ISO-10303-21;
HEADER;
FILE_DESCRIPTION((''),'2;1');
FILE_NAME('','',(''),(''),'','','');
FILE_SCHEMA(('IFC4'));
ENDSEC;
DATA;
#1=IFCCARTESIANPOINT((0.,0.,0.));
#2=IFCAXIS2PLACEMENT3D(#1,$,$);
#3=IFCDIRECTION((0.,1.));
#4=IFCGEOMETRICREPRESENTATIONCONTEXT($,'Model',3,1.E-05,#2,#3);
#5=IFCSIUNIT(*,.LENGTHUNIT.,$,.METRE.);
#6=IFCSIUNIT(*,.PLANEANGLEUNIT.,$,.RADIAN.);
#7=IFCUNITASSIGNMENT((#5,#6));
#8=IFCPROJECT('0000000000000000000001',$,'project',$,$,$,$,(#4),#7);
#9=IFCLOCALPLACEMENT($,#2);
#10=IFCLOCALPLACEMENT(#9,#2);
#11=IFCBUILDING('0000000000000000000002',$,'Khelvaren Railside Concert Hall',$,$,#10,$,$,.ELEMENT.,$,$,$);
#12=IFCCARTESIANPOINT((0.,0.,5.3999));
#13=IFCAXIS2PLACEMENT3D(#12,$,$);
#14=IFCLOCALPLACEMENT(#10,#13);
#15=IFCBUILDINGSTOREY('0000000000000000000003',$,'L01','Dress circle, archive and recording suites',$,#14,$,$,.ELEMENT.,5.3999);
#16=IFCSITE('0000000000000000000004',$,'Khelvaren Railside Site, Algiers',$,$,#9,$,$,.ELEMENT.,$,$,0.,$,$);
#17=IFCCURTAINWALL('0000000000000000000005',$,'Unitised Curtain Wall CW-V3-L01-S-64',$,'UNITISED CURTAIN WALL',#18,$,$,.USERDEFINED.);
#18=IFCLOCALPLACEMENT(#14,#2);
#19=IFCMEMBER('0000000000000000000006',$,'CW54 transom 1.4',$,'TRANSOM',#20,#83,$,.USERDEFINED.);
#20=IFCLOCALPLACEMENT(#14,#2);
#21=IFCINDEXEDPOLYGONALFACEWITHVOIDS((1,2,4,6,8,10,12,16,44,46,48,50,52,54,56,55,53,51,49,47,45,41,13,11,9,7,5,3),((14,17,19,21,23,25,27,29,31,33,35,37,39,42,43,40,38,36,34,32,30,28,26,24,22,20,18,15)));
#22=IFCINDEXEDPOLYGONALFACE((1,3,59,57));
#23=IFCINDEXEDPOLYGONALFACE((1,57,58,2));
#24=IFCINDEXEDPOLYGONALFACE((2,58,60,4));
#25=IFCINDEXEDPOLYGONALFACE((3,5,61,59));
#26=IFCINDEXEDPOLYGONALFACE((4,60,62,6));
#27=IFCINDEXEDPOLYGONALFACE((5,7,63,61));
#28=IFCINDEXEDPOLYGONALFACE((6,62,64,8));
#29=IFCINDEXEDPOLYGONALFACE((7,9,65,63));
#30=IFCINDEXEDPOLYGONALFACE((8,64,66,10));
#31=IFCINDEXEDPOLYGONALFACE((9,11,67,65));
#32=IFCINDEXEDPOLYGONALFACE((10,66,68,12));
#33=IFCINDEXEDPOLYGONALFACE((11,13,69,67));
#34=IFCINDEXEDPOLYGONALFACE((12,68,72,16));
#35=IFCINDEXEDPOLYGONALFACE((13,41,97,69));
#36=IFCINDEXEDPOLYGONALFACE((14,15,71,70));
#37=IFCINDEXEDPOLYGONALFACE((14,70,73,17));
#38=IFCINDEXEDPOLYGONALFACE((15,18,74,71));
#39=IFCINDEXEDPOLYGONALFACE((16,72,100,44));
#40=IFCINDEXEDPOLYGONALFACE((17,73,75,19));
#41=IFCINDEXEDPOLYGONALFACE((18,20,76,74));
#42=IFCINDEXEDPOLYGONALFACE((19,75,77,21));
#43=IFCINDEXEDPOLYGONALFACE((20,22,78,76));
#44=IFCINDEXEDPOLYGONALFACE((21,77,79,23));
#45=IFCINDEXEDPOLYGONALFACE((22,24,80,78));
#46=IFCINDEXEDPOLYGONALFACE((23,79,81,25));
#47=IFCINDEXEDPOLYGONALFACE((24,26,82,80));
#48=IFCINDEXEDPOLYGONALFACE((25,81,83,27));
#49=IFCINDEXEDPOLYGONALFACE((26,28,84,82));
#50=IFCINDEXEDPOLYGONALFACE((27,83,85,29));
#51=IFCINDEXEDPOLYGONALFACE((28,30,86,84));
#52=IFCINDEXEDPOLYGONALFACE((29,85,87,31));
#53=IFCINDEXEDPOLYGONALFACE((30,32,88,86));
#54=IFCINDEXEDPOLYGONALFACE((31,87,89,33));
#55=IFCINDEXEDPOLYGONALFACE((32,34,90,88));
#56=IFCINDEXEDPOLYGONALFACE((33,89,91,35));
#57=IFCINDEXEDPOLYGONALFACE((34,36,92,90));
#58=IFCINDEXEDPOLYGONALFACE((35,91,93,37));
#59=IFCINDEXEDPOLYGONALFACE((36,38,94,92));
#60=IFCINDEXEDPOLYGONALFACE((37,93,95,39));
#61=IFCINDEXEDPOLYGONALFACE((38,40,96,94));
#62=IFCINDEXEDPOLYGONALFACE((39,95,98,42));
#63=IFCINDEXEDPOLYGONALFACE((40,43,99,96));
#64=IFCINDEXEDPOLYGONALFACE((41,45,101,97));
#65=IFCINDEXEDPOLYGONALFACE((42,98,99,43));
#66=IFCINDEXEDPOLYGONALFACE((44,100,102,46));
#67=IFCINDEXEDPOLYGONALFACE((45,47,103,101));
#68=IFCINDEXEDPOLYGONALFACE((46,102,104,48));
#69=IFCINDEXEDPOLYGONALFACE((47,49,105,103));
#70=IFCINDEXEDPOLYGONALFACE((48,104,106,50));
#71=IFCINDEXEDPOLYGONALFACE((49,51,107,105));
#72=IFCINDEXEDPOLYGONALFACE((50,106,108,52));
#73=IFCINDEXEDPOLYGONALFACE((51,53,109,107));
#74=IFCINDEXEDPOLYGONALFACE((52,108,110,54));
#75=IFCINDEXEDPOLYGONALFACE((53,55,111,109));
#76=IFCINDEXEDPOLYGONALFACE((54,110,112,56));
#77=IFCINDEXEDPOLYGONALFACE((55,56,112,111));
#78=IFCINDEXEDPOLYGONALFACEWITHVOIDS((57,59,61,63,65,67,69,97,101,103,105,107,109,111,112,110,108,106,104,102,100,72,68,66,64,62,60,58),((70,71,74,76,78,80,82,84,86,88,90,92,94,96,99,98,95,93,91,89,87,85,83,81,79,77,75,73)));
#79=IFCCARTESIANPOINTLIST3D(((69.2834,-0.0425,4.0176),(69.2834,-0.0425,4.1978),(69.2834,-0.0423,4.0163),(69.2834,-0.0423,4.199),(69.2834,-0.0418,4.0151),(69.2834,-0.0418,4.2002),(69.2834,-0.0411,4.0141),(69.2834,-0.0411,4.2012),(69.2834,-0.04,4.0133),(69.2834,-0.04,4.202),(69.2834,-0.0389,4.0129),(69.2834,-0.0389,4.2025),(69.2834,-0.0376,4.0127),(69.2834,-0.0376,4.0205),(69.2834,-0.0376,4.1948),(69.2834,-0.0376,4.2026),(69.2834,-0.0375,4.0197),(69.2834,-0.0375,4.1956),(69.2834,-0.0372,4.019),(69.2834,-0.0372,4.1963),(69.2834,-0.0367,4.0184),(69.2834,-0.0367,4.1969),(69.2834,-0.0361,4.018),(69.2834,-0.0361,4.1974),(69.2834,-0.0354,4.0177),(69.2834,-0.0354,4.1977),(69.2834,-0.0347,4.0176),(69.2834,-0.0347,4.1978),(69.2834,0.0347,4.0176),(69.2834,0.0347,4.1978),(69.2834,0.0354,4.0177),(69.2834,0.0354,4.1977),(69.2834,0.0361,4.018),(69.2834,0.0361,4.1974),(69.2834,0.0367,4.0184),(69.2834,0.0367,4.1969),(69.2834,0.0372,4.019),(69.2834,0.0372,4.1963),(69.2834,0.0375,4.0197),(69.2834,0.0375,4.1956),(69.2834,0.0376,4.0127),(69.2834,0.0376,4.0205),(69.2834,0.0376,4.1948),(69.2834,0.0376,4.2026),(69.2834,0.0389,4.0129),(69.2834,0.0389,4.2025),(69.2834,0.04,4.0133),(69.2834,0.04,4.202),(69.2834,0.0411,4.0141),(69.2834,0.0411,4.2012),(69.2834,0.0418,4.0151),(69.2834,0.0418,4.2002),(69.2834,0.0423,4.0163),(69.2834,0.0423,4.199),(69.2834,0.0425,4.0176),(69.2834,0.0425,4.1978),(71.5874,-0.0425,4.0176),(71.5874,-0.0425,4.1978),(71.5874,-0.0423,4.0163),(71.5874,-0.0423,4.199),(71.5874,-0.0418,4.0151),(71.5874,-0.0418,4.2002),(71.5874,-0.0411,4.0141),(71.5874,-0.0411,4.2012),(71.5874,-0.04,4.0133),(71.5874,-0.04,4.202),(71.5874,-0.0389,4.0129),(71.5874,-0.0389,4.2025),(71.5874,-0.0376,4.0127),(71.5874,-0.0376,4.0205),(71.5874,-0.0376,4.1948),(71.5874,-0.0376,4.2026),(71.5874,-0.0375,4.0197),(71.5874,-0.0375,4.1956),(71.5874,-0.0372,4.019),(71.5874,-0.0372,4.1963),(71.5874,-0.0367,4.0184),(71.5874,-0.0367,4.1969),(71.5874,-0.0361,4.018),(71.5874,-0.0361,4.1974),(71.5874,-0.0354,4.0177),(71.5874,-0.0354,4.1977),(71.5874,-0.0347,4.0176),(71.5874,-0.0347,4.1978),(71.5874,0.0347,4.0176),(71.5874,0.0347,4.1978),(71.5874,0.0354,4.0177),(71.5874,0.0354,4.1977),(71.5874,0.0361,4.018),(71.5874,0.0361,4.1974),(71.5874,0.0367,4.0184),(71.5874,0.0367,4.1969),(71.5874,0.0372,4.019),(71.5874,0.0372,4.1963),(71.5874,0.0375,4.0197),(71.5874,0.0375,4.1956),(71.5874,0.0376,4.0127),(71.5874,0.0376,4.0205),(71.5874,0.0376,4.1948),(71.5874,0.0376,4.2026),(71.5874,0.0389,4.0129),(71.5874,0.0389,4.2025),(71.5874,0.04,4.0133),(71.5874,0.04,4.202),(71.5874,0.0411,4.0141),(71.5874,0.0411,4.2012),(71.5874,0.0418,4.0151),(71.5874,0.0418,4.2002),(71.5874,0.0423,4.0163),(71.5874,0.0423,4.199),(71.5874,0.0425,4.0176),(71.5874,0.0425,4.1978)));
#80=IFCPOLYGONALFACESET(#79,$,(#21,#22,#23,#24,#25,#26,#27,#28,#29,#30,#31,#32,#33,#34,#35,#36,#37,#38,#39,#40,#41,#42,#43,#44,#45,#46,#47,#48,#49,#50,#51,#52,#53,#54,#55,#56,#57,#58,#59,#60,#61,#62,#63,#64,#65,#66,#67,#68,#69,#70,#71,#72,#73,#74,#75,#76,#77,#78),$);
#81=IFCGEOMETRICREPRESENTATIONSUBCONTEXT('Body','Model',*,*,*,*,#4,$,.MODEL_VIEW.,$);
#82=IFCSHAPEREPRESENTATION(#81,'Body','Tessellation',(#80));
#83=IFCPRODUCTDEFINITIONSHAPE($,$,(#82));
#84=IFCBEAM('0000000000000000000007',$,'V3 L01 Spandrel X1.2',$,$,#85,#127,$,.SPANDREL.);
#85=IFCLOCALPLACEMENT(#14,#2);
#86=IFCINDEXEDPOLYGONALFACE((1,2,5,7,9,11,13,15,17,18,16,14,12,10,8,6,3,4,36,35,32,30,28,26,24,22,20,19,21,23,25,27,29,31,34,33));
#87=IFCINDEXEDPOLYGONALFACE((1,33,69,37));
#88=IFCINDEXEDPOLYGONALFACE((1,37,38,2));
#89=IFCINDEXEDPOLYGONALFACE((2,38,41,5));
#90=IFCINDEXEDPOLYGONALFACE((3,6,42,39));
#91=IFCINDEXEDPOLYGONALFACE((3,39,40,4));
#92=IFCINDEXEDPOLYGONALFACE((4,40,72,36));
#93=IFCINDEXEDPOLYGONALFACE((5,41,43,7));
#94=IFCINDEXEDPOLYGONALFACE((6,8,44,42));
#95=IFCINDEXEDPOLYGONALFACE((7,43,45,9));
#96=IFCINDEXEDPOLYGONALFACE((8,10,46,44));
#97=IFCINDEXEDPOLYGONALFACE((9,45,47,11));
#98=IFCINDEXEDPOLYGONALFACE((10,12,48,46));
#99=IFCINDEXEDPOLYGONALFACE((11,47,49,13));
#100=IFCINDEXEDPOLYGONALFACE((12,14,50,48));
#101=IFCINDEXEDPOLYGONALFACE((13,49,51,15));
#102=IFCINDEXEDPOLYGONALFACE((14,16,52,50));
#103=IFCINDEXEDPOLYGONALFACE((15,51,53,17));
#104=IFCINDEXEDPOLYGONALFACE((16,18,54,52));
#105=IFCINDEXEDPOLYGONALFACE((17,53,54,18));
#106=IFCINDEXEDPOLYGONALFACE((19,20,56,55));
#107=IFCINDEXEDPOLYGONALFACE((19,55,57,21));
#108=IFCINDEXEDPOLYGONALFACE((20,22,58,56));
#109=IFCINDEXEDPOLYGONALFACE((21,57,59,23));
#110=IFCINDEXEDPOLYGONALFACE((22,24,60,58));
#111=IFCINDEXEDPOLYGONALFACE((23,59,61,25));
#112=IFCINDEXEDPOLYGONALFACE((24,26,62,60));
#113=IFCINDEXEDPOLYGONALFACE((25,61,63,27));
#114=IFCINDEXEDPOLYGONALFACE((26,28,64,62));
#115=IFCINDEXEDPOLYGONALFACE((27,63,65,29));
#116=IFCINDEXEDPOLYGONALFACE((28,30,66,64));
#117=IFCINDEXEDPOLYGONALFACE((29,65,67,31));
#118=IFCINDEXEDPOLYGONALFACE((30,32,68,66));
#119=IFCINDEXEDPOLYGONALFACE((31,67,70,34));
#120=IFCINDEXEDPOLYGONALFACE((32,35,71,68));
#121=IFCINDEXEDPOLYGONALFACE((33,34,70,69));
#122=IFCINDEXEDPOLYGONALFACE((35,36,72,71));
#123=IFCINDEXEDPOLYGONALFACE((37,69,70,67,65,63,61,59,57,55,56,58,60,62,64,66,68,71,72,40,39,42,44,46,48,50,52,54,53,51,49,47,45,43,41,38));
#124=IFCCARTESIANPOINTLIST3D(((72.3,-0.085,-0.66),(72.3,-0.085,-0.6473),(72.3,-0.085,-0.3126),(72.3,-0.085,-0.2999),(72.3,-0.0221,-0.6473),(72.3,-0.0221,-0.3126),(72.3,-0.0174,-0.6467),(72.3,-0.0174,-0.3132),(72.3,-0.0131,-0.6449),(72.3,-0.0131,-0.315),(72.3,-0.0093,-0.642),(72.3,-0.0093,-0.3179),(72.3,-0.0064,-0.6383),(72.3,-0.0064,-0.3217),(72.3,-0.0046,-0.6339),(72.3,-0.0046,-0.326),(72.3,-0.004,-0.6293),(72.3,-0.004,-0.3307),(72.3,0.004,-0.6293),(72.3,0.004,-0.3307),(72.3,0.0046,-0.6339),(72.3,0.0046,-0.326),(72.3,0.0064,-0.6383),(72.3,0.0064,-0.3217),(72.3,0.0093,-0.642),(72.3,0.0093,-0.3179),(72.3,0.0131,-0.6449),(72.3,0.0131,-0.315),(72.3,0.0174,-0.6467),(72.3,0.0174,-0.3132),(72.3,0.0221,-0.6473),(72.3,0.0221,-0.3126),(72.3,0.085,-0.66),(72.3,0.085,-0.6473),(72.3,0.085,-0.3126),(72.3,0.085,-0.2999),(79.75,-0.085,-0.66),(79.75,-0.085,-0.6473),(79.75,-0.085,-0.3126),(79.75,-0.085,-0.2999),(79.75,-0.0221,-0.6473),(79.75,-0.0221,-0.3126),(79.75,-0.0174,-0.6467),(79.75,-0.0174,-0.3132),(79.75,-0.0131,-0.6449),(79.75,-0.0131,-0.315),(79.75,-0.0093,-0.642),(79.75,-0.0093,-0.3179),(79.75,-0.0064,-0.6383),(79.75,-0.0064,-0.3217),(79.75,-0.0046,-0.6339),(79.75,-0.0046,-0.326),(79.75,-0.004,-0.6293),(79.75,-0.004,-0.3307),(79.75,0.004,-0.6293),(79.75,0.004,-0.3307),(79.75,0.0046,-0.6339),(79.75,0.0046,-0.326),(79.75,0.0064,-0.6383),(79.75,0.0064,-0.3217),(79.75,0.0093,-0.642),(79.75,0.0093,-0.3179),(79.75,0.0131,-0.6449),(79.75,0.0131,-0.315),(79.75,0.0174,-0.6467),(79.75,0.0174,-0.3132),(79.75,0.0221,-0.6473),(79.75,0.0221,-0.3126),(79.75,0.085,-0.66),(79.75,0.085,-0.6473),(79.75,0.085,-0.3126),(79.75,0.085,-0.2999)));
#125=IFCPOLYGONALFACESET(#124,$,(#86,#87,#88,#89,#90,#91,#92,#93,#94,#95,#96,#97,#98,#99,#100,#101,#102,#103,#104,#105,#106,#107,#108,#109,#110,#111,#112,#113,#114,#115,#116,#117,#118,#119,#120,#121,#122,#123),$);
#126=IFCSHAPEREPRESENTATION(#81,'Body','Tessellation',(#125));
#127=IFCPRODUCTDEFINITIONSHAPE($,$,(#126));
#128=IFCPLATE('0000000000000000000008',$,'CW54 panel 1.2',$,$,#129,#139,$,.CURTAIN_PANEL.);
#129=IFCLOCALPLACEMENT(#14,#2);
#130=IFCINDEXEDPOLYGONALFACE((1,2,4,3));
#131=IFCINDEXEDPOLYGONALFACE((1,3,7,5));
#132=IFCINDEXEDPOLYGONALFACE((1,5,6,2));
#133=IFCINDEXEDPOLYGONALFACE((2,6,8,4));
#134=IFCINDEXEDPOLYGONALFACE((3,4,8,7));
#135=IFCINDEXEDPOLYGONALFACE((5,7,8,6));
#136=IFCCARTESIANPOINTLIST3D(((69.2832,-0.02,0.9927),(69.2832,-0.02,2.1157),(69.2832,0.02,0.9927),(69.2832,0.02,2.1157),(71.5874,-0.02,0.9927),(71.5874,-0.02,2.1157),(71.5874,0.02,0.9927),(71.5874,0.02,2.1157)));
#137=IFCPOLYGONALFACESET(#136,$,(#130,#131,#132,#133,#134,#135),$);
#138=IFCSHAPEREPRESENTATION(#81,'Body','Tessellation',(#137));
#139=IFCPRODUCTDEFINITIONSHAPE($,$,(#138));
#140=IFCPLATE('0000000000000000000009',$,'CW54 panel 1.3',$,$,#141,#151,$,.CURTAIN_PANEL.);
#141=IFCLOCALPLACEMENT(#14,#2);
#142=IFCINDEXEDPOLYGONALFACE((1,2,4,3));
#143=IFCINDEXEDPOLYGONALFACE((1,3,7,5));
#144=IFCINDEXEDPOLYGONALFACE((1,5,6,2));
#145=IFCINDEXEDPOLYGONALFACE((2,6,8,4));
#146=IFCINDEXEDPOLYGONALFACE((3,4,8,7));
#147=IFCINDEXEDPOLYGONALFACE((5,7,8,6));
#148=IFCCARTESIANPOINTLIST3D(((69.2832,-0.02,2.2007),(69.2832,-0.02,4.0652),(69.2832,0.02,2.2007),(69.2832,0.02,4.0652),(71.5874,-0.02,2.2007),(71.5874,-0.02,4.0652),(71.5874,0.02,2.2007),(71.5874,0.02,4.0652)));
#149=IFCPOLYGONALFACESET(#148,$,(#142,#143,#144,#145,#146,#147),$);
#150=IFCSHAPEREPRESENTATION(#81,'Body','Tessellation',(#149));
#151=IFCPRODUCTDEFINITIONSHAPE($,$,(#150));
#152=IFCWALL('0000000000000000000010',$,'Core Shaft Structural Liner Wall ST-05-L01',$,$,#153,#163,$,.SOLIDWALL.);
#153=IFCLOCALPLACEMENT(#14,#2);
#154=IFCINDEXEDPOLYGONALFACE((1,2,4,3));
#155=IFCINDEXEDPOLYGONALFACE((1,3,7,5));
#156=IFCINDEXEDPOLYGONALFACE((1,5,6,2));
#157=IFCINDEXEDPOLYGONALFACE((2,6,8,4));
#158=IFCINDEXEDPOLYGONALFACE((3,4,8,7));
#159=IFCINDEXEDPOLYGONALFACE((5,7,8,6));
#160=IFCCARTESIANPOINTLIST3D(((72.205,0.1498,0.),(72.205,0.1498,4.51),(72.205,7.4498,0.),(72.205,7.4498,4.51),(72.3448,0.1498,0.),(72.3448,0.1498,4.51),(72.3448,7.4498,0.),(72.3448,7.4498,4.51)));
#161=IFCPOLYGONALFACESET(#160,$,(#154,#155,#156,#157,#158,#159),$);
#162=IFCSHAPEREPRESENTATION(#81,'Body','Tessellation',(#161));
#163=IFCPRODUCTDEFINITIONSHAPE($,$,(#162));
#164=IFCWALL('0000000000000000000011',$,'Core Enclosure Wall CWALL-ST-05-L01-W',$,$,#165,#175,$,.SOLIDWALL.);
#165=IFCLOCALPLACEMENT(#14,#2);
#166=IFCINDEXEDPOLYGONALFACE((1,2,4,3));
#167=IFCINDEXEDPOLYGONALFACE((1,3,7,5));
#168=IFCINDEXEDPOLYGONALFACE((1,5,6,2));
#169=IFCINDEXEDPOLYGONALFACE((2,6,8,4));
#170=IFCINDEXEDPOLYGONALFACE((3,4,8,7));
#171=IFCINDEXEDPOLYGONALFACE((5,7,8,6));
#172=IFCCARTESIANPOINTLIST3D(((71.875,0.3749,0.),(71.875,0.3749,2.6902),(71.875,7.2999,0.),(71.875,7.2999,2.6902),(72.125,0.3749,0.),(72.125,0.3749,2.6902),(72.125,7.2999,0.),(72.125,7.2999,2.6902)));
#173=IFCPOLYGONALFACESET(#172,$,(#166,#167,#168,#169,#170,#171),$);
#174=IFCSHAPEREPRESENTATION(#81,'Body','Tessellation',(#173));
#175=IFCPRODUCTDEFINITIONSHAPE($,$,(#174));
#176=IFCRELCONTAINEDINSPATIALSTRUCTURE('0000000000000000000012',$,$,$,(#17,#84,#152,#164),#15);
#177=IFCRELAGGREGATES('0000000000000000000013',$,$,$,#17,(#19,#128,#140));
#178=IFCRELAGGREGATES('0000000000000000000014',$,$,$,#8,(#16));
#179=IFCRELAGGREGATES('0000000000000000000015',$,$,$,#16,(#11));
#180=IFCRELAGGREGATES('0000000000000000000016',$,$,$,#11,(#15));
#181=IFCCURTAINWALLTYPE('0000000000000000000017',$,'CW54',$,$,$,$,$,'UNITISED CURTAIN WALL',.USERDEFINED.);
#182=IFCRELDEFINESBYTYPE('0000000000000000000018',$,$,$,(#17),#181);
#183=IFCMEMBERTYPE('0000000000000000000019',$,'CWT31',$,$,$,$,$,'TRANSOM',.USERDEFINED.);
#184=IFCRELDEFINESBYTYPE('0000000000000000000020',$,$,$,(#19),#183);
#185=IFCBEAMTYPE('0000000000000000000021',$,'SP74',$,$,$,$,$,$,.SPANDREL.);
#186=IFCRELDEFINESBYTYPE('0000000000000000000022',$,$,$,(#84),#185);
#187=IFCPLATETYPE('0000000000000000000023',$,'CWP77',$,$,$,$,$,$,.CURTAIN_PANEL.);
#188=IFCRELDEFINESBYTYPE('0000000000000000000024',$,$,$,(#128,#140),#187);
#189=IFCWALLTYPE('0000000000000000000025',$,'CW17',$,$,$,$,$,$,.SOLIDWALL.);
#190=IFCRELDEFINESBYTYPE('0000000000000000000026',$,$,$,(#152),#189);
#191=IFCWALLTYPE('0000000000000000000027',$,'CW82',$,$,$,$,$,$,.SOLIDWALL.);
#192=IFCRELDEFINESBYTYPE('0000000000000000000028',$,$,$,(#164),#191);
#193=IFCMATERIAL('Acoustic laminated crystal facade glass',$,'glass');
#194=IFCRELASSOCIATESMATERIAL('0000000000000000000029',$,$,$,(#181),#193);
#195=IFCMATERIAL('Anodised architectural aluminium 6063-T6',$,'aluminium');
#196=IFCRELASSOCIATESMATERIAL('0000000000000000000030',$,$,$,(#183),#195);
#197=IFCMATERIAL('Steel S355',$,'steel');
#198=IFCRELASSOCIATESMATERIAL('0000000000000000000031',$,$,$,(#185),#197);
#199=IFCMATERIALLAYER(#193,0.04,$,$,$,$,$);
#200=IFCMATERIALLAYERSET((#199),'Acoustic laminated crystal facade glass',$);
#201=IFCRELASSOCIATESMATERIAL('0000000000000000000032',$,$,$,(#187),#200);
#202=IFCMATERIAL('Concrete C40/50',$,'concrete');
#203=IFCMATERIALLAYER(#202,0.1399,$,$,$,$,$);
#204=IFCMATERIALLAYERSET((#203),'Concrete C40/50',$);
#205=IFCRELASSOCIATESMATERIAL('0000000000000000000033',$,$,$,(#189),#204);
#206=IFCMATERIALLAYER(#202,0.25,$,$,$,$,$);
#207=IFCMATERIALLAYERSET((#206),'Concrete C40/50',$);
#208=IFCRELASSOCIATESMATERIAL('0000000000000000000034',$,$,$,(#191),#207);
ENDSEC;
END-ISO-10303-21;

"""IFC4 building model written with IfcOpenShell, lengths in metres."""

from ifc_helpers import new_model, si_unit, direction, frame, frame_2d, origin, origin_2d, place, context, subcontext, project, spatial, rectangle, hollow_rectangle, i_section, extrude, material, layer, layer_set, material_profile, profile_set, type_object, element, aggregate, save


model = new_model("IFC4")

# Units and contexts
model_context = context("Model", 3, precision=1e-05, world=origin(), true_north=direction((0.0, 1.0)))
body_context = subcontext(model_context, "Body", "Model", "MODEL_VIEW")
ifc_project = project(units=[si_unit("LENGTHUNIT", "METRE"), si_unit("PLANEANGLEUNIT", "RADIAN")], contexts=[model_context])

# Site, building, storey
site_placement = place(None, origin())
site = spatial("IfcSite", under=ifc_project, at=site_placement, Name="Khelvaren Railside Site, Algiers", CompositionType="ELEMENT", RefElevation=0.0)
building_placement = place(site_placement, origin())
building = spatial("IfcBuilding", under=site, at=building_placement, Name="Khelvaren Railside Concert Hall", CompositionType="ELEMENT")
storey_placement = place(building_placement, frame((0.0, 0.0, 5.3999)))
storey = spatial("IfcBuildingStorey", under=building, at=storey_placement, Name="L01", Description="Dress circle, archive and recording suites", CompositionType="ELEMENT", Elevation=5.3999)

# Shared definitions
ifc_material_1 = material(Name="Steel S355", Category="steel")

# Curtain wall, member
ifc_material_2 = material(Name="Acoustic laminated crystal facade glass", Category="glass")
curtain_wall_type = type_object("IfcCurtainWallType", Name="CW54", ElementType="UNITISED CURTAIN WALL", PredefinedType="USERDEFINED", material=ifc_material_2)
curtain_wall_placement = place(storey_placement, origin())
curtain_wall = element("IfcCurtainWall", 1, at=curtain_wall_placement, inside=storey, type_object=curtain_wall_type, Name="Unitised Curtain Wall CW-V3-L01-S-64", ObjectType="UNITISED CURTAIN WALL", PredefinedType="USERDEFINED")
ifc_material_3 = material(Name="Anodised architectural aluminium 6063-T6", Category="aluminium")
ifc_material_profile_1 = material_profile(ifc_material_3, hollow_rectangle(XDim=0.085, YDim=0.1899, WallThickness=0.0049, InnerFilletRadius=0.0029, OuterFilletRadius=0.0049, at=origin_2d()), Name="CWT 85x190x5")
ifc_profile_set_1 = profile_set([ifc_material_profile_1], Name="Anodised architectural aluminium 6063-T6")
member_type_1 = type_object("IfcMemberType", Name="CWT31", ElementType="TRANSOM", PredefinedType="USERDEFINED", material=ifc_profile_set_1)
member_1_placement = place(storey_placement, frame((71.5874, 0.0, 4.1077), z_axis=(-1.0, 0.0, 0.0), x_axis=(0.0, -1.0, 0.0)))
member_1 = element("IfcMember", 2, at=member_1_placement, type_object=member_type_1, Name="CW54 transom 1.4", ObjectType="TRANSOM", PredefinedType="USERDEFINED", context=body_context, shape_type="SweptSolid", body=[
    extrude(hollow_rectangle(XDim=0.085, YDim=0.1899, WallThickness=0.0049, InnerFilletRadius=0.0029, OuterFilletRadius=0.0049, at=origin_2d()), origin(), (0.0, 0.0, 1.0), 2.304),
])

# Beam
ifc_material_profile_2 = material_profile(ifc_material_1, i_section(OverallWidth=0.1699, OverallDepth=0.3601, WebThickness=0.0081, FlangeThickness=0.0127, FilletRadius=0.0181, at=origin_2d()), Name="IPE 360")
ifc_profile_set_2 = profile_set([ifc_material_profile_2], Name="Steel S355")
beam_type_1 = type_object("IfcBeamType", Name="SP74", PredefinedType="SPANDREL", material=ifc_profile_set_2)
beam_1_placement = place(storey_placement, frame((72.3, 0.0, -0.48), z_axis=(1.0, 0.0, 0.0), x_axis=(0.0, 1.0, 0.0)))
element("IfcBeam", 3, at=beam_1_placement, inside=storey, type_object=beam_type_1, Name="V3 L01 Spandrel X1.2", PredefinedType="SPANDREL", context=body_context, shape_type="SweptSolid", body=[
    extrude(i_section(OverallWidth=0.1699, OverallDepth=0.3601, WebThickness=0.0081, FlangeThickness=0.0127, FilletRadius=0.0181, at=origin_2d()), origin(), (0.0, 0.0, 1.0), 7.45),
])

# Plates
ifc_layer_1 = layer(ifc_material_2, 0.04)
ifc_layer_set_1 = layer_set([ifc_layer_1], Name="Acoustic laminated crystal facade glass")
plate_type = type_object("IfcPlateType", Name="CWP77", PredefinedType="CURTAIN_PANEL", material=ifc_layer_set_1)
plate_1_placement = place(storey_placement, frame((70.4353, 0.0, 0.9927), z_axis=(0.0, 0.0, 1.0), x_axis=(-1.0, 0.0, 0.0)))
plate_1 = element("IfcPlate", 4, at=plate_1_placement, type_object=plate_type, Name="CW54 panel 1.2", PredefinedType="CURTAIN_PANEL", context=body_context, shape_type="SweptSolid", body=[
    extrude(rectangle(XDim=2.3042, YDim=0.04, at=origin_2d()), origin(), (0.0, 0.0, 1.0), 1.123),
])
plate_2_placement = place(storey_placement, frame((70.4353, 0.0, 2.2007), z_axis=(0.0, 0.0, 1.0), x_axis=(-1.0, 0.0, 0.0)))
plate_2 = element("IfcPlate", 5, at=plate_2_placement, type_object=plate_type, Name="CW54 panel 1.3", PredefinedType="CURTAIN_PANEL", context=body_context, shape_type="SweptSolid", body=[
    extrude(rectangle(XDim=2.3042, YDim=0.04, at=origin_2d()), origin(), (0.0, 0.0, 1.0), 1.8645),
])
aggregate(curtain_wall, [member_1, plate_1, plate_2])

# Walls
ifc_material_4 = material(Name="Concrete C40/50", Category="concrete")
ifc_layer_2 = layer(ifc_material_4, 0.1399)
ifc_layer_set_2 = layer_set([ifc_layer_2], Name="Concrete C40/50")
wall_type_1 = type_object("IfcWallType", Name="CW17", PredefinedType="SOLIDWALL", material=ifc_layer_set_2)
wall_1_placement = place(storey_placement, frame((72.2749, 0.1499, 0.0), z_axis=(0.0, 0.0, 1.0), x_axis=(0.0, 1.0, 0.0)))
element("IfcWall", 6, at=wall_1_placement, inside=storey, type_object=wall_type_1, Name="Core Shaft Structural Liner Wall ST-05-L01", PredefinedType="SOLIDWALL", context=body_context, shape_type="SweptSolid", body=[
    extrude(rectangle(XDim=7.3, YDim=0.1399, at=frame_2d((3.6499, 0.0))), origin(), (0.0, 0.0, 1.0), 4.51),
])
ifc_layer_3 = layer(ifc_material_4, 0.25)
ifc_layer_set_3 = layer_set([ifc_layer_3], Name="Concrete C40/50")
wall_type_2 = type_object("IfcWallType", Name="CW82", PredefinedType="SOLIDWALL", material=ifc_layer_set_3)
wall_2_placement = place(storey_placement, frame((72.0, 0.375, 0.0), z_axis=(0.0, 0.0, 1.0), x_axis=(0.0, 1.0, 0.0)))
element("IfcWall", 7, at=wall_2_placement, inside=storey, type_object=wall_type_2, Name="Core Enclosure Wall CWALL-ST-05-L01-W", PredefinedType="SOLIDWALL", context=body_context, shape_type="SweptSolid", body=[
    extrude(rectangle(XDim=6.925, YDim=0.25, at=frame_2d((3.4624, 0.0))), origin(), (0.0, 0.0, 1.0), 2.6902),
])

save(model, "model.ifc")
